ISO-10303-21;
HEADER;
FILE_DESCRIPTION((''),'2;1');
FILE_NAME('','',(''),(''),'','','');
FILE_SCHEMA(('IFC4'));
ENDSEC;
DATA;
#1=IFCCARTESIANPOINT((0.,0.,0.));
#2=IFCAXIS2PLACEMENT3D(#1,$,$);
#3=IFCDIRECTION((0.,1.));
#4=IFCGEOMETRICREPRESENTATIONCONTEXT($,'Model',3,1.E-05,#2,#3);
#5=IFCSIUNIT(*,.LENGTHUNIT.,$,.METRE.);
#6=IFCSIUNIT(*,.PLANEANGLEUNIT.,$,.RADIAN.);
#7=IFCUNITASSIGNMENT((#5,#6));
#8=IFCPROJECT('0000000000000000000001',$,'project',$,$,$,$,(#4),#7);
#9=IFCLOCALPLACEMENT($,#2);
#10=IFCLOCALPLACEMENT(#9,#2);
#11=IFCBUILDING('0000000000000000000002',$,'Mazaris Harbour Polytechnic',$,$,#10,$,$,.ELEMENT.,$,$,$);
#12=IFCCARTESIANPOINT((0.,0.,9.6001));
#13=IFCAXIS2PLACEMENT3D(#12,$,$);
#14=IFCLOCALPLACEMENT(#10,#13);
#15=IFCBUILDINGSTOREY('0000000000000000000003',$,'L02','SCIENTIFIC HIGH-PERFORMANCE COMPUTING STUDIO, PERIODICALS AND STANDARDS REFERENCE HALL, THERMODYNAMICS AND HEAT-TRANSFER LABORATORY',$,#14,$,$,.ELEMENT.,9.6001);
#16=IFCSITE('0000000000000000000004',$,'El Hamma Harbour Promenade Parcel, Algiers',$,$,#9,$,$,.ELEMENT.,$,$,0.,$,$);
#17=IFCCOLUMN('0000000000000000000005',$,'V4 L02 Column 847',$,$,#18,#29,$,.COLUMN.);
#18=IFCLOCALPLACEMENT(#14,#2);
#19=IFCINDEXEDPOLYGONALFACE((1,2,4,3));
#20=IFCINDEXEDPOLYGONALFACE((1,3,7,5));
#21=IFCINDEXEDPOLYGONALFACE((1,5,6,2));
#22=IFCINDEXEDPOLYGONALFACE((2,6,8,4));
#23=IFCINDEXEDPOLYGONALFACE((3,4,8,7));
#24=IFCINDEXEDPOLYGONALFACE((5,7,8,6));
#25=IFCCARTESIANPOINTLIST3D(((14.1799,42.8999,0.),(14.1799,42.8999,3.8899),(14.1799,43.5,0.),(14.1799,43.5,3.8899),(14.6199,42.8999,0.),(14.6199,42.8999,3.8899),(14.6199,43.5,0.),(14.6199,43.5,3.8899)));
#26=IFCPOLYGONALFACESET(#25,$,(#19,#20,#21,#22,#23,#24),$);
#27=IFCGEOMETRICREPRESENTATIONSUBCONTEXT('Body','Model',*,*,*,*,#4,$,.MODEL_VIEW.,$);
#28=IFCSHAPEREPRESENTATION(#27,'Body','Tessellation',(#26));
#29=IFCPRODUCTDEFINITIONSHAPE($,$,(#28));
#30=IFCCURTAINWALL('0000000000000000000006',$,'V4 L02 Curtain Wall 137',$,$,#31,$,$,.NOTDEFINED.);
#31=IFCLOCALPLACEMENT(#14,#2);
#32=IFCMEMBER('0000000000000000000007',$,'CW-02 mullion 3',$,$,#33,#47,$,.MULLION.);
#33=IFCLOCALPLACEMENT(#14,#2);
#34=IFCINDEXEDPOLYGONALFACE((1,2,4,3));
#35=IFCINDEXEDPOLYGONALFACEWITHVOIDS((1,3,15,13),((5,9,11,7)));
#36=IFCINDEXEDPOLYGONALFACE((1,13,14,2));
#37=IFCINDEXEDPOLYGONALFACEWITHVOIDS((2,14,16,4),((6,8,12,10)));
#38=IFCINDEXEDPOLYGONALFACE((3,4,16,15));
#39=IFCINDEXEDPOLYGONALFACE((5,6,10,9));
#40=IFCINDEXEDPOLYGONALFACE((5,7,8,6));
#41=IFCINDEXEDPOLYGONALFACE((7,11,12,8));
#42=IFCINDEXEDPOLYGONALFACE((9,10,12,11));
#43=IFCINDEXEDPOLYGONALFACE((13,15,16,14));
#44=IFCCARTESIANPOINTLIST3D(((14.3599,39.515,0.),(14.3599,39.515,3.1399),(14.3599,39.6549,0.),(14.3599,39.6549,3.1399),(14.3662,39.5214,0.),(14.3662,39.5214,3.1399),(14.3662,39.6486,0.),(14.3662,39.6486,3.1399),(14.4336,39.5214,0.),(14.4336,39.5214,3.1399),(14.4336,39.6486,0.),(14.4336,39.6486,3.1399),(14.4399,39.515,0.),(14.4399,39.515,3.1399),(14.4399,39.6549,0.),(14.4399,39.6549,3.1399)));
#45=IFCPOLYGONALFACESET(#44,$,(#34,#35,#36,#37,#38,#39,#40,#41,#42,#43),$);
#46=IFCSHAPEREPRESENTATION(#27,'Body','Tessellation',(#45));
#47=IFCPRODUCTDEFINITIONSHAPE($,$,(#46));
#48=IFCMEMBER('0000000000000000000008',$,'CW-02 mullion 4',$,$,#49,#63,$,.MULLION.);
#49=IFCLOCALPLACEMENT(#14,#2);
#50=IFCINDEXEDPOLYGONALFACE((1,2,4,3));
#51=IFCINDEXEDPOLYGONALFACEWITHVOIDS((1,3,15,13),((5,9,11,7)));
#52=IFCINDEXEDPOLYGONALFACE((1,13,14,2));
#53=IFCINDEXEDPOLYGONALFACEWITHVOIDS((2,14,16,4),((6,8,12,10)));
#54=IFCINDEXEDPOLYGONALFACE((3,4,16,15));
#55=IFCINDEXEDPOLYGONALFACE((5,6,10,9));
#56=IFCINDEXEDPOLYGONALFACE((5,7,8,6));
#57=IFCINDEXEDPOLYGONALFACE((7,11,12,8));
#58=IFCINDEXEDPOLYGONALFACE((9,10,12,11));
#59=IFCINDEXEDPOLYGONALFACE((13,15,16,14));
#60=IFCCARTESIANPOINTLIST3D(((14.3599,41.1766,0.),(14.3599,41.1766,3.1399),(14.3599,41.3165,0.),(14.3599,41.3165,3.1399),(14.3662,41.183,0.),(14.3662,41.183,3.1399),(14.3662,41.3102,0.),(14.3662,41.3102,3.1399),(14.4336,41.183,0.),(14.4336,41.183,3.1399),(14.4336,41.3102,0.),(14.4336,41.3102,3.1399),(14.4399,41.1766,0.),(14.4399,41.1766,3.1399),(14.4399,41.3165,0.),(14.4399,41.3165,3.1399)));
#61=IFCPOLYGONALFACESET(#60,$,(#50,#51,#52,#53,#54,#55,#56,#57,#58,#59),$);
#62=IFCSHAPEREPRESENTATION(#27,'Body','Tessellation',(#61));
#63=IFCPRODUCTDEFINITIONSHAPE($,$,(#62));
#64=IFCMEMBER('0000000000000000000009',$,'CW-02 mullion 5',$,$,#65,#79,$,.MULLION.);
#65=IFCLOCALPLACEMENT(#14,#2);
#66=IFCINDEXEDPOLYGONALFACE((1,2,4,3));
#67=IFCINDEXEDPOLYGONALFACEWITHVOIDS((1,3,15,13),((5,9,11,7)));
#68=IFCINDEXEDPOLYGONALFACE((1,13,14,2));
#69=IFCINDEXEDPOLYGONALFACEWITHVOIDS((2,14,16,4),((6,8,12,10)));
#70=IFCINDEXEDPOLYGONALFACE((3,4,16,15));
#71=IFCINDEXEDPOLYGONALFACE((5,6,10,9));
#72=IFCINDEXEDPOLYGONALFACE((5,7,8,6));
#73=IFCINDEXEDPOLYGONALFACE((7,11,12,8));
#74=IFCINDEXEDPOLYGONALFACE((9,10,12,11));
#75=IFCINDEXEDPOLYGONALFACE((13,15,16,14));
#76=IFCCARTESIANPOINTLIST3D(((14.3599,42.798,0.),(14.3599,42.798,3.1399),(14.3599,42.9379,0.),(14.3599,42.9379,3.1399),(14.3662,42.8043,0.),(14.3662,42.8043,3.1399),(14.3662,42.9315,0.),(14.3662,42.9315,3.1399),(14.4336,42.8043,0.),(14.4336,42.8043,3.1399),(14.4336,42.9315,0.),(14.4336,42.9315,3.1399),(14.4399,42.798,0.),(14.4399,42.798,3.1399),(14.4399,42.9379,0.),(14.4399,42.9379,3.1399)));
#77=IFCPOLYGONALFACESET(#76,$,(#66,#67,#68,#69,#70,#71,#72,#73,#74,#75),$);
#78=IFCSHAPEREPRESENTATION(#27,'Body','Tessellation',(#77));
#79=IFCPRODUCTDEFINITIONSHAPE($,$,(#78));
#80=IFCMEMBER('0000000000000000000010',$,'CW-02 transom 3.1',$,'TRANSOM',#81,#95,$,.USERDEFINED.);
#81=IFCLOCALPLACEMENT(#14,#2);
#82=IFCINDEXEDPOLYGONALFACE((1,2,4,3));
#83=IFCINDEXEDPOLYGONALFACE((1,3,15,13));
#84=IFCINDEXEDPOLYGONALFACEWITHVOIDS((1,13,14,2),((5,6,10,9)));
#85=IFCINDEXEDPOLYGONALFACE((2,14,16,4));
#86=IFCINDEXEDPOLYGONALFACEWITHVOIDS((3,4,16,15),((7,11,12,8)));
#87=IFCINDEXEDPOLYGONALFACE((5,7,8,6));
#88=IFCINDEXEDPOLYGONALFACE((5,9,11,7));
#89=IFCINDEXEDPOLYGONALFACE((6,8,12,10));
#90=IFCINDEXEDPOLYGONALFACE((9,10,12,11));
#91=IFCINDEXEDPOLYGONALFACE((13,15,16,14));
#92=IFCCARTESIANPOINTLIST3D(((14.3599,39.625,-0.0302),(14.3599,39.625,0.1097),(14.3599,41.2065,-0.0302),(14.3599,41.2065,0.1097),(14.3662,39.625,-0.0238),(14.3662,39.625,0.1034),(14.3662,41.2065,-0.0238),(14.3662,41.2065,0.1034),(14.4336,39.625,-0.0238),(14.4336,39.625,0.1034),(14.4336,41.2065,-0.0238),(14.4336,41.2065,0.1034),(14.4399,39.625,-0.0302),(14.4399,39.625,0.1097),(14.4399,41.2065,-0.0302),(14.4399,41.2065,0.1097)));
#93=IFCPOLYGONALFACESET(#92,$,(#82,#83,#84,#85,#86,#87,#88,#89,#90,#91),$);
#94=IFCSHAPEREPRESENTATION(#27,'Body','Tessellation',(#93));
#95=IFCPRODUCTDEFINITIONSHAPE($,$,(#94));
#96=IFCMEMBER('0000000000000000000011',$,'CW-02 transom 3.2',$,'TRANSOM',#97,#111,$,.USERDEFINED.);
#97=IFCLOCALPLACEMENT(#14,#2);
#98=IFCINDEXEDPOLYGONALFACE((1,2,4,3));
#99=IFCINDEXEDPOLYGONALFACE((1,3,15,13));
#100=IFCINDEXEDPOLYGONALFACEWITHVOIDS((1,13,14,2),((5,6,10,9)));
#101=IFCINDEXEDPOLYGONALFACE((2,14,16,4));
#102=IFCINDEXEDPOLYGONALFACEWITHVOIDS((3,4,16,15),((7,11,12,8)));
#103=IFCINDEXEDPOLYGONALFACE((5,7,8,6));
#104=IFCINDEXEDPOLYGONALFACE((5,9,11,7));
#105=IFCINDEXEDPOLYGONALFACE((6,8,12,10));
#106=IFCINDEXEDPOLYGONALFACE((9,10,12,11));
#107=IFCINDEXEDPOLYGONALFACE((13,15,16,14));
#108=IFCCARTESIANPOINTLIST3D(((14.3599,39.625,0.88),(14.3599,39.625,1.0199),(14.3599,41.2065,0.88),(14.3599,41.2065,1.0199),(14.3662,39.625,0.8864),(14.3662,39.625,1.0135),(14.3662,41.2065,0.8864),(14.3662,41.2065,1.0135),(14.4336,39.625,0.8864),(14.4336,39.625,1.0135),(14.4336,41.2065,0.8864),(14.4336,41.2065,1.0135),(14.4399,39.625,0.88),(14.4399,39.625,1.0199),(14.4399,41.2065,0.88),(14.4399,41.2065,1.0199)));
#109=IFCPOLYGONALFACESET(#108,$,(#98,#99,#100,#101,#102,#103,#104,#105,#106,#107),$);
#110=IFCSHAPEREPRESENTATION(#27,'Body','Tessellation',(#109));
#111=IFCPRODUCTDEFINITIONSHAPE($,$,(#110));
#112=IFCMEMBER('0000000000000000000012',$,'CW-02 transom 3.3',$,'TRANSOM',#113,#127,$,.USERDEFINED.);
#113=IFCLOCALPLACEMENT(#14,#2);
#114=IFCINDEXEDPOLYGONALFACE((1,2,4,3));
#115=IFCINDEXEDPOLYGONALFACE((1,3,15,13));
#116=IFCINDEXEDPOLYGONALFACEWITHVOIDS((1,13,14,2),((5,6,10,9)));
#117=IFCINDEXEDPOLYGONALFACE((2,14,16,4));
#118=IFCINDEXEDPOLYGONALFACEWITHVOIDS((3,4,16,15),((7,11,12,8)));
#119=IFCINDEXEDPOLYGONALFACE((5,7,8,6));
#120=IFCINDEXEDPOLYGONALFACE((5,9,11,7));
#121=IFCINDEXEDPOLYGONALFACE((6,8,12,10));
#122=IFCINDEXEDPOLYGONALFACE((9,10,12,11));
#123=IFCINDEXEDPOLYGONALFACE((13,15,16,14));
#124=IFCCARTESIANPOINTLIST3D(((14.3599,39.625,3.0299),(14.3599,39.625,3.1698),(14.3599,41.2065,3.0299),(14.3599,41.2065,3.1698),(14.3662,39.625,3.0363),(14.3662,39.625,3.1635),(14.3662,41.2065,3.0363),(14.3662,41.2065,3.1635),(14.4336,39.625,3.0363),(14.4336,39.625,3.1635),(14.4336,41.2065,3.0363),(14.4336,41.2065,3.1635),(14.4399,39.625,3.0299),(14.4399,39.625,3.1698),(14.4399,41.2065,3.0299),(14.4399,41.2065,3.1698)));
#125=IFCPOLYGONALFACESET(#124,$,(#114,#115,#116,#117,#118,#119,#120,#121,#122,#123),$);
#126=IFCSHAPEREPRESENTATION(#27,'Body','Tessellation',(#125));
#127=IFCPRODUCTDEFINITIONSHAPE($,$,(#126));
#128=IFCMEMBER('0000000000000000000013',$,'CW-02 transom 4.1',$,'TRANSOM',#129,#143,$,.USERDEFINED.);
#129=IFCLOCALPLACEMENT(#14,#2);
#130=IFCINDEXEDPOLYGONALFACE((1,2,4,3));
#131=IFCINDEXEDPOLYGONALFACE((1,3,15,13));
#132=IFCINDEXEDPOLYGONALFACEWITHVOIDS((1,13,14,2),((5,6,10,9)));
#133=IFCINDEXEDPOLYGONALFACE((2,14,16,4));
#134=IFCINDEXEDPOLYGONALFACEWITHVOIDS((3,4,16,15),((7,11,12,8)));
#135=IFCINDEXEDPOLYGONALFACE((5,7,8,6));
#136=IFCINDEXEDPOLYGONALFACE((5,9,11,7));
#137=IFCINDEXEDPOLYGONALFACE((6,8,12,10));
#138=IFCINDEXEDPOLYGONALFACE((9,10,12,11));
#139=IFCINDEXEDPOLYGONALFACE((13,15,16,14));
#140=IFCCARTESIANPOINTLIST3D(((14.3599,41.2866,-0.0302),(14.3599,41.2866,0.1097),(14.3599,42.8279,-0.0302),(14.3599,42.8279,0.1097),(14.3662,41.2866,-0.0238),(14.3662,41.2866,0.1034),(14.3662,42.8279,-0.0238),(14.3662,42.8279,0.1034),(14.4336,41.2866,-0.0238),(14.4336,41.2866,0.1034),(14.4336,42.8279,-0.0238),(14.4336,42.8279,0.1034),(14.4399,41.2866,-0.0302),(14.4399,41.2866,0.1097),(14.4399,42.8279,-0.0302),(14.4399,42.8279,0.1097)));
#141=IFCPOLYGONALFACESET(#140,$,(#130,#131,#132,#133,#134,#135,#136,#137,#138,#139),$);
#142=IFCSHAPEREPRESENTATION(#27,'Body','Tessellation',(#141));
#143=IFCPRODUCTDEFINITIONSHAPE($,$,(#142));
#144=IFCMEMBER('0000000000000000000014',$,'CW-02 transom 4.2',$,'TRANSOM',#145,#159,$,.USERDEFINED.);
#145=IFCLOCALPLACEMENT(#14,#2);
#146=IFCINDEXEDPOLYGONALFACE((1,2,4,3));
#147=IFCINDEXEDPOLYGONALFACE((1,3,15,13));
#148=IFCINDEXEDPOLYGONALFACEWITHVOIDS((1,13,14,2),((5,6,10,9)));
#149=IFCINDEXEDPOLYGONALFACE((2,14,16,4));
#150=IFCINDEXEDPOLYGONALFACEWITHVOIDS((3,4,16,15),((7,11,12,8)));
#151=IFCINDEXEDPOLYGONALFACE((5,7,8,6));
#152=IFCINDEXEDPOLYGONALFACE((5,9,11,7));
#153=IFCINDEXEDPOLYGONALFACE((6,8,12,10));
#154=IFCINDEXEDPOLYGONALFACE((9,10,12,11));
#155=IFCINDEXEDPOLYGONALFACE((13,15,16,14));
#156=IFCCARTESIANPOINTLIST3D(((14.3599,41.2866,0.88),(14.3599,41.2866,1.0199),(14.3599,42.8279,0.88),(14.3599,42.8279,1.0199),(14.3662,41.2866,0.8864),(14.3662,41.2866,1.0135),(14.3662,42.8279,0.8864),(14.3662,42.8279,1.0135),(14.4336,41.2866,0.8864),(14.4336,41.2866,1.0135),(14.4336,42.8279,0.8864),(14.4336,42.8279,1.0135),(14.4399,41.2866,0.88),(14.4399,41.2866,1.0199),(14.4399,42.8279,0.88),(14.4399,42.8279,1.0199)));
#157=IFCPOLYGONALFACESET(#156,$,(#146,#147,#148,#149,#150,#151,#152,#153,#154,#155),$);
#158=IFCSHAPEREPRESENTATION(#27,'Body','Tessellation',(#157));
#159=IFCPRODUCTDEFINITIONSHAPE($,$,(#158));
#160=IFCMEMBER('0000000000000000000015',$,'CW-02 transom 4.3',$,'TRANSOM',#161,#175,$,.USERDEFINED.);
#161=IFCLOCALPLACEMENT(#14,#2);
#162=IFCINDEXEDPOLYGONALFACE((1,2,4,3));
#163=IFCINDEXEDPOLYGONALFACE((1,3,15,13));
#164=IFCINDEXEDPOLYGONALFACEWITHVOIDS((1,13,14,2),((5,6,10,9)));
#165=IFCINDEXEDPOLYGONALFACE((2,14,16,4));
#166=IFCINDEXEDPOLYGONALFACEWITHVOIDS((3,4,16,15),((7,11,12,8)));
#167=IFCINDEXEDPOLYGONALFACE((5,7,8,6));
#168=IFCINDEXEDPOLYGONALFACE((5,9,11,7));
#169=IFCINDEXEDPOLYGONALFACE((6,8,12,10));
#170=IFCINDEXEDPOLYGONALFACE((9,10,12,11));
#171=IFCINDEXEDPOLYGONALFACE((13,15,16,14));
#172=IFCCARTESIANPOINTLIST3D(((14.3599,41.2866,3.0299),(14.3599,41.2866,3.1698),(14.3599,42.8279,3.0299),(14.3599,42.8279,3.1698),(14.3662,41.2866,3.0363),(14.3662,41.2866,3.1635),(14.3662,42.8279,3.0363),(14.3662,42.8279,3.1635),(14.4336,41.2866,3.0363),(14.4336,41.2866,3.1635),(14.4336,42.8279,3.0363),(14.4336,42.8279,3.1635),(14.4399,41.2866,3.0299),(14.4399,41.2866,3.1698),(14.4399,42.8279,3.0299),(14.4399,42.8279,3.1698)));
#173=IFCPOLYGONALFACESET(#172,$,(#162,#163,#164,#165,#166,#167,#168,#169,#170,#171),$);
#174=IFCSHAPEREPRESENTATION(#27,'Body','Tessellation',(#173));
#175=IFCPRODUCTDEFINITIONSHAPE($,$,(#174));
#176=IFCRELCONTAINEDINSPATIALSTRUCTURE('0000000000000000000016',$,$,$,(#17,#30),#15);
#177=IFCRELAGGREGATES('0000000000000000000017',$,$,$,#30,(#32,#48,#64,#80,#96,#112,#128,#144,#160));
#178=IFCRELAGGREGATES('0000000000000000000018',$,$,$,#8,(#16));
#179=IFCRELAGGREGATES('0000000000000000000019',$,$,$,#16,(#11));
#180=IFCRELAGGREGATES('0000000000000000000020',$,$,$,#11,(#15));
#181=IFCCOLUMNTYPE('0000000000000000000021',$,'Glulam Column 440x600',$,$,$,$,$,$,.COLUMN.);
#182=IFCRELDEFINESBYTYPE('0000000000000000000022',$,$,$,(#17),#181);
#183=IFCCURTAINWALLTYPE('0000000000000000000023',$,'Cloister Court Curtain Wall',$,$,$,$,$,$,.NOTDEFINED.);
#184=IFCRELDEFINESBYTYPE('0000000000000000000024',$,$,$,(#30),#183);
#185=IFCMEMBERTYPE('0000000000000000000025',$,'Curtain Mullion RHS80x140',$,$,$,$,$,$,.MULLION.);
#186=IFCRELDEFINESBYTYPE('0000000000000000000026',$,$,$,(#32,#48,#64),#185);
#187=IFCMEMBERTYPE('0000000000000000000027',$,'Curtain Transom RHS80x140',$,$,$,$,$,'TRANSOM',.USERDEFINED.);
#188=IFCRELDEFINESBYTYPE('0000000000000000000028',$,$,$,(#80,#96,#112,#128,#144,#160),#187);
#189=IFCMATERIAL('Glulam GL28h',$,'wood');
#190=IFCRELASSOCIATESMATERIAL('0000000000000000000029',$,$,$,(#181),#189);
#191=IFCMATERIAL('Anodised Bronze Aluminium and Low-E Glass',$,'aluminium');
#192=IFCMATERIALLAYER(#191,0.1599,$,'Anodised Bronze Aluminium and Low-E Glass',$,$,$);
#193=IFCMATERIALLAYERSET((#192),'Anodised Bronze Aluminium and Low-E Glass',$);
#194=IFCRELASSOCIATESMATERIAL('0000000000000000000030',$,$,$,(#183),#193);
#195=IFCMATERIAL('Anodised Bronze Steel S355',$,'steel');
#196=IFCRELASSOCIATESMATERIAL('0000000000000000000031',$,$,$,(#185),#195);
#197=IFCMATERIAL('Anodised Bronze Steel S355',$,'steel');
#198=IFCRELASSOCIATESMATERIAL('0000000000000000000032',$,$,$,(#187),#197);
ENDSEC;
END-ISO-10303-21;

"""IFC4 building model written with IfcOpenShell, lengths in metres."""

from ifc_helpers import new_model, si_unit, direction, frame, origin, origin_2d, place, context, subcontext, project, spatial, rectangle, hollow_rectangle, extrude, material, layer, layer_set, material_profile, profile_set, type_object, element, aggregate, save


model = new_model("IFC4")

# Units and contexts
model_context = context("Model", 3, precision=1e-05, world=origin(), true_north=direction((0.0, 1.0)))
body_context = subcontext(model_context, "Body", "Model", "MODEL_VIEW")
ifc_project = project(units=[si_unit("LENGTHUNIT", "METRE"), si_unit("PLANEANGLEUNIT", "RADIAN")], contexts=[model_context])

# Site, building, storey
site_placement = place(None, origin())
site = spatial("IfcSite", under=ifc_project, at=site_placement, Name="El Hamma Harbour Promenade Parcel, Algiers", CompositionType="ELEMENT", RefElevation=0.0)
building_placement = place(site_placement, origin())
building = spatial("IfcBuilding", under=site, at=building_placement, Name="Mazaris Harbour Polytechnic", CompositionType="ELEMENT")
storey_placement = place(building_placement, frame((0.0, 0.0, 9.6001)))
storey = spatial("IfcBuildingStorey", under=building, at=storey_placement, Name="L02", Description="SCIENTIFIC HIGH-PERFORMANCE COMPUTING STUDIO, PERIODICALS AND STANDARDS REFERENCE HALL, THERMODYNAMICS AND HEAT-TRANSFER LABORATORY", CompositionType="ELEMENT", Elevation=9.6001)

# Column
ifc_material_1 = material(Name="Glulam GL28h", Category="wood")
ifc_material_profile_1 = material_profile(ifc_material_1, rectangle(XDim=0.4399, YDim=0.6001, at=origin_2d()), Name="RECT440x600")
ifc_profile_set_1 = profile_set([ifc_material_profile_1], Name="Glulam GL28h")
column_type = type_object("IfcColumnType", Name="Glulam Column 440x600", PredefinedType="COLUMN", material=ifc_profile_set_1)
column_placement = place(storey_placement, frame((14.3999, 43.2, 0.0), z_axis=(0.0, 0.0, 1.0), x_axis=(1.0, 0.0, 0.0)))
element("IfcColumn", 1, at=column_placement, inside=storey, type_object=column_type, Name="V4 L02 Column 847", PredefinedType="COLUMN", context=body_context, shape_type="SweptSolid", body=[
    extrude(rectangle(XDim=0.4399, YDim=0.6001, at=origin_2d()), origin(), (0.0, 0.0, 1.0), 3.8899),
])

# Curtain wall, members
ifc_material_2 = material(Name="Anodised Bronze Aluminium and Low-E Glass", Category="aluminium")
ifc_layer_1 = layer(ifc_material_2, 0.1599, Name="Anodised Bronze Aluminium and Low-E Glass")
ifc_layer_set_1 = layer_set([ifc_layer_1], Name="Anodised Bronze Aluminium and Low-E Glass")
curtain_wall_type = type_object("IfcCurtainWallType", Name="Cloister Court Curtain Wall", PredefinedType="NOTDEFINED", material=ifc_layer_set_1)
curtain_wall_placement = place(storey_placement, origin())
curtain_wall = element("IfcCurtainWall", 2, at=curtain_wall_placement, inside=storey, type_object=curtain_wall_type, Name="V4 L02 Curtain Wall 137", PredefinedType="NOTDEFINED")
ifc_material_3 = material(Name="Anodised Bronze Steel S355", Category="steel")
ifc_material_profile_2 = material_profile(ifc_material_3, hollow_rectangle(XDim=0.0801, YDim=0.1399, WallThickness=0.0063, at=origin_2d()), Name="RHS 80x140x6.3")
ifc_profile_set_2 = profile_set([ifc_material_profile_2], Name="Anodised Bronze Steel S355")
member_type_1 = type_object("IfcMemberType", Name="Curtain Mullion RHS80x140", PredefinedType="MULLION", material=ifc_profile_set_2)
member_1_placement = place(storey_placement, frame((14.3999, 39.585, 0.0), z_axis=(0.0, 0.0, 1.0), x_axis=(-1.0, 0.0, 0.0)))
member_1 = element("IfcMember", 3, at=member_1_placement, type_object=member_type_1, Name="CW-02 mullion 3", PredefinedType="MULLION", context=body_context, shape_type="SweptSolid", body=[
    extrude(hollow_rectangle(XDim=0.0801, YDim=0.1399, WallThickness=0.0063, at=origin_2d()), origin(), (0.0, 0.0, 1.0), 3.1399),
])
member_2_placement = place(storey_placement, frame((14.3999, 41.2466, 0.0), z_axis=(0.0, 0.0, 1.0), x_axis=(-1.0, 0.0, 0.0)))
member_2 = element("IfcMember", 4, at=member_2_placement, type_object=member_type_1, Name="CW-02 mullion 4", PredefinedType="MULLION", context=body_context, shape_type="SweptSolid", body=[
    extrude(hollow_rectangle(XDim=0.0801, YDim=0.1399, WallThickness=0.0063, at=origin_2d()), origin(), (0.0, 0.0, 1.0), 3.1399),
])
member_3_placement = place(storey_placement, frame((14.3999, 42.8679, 0.0), z_axis=(0.0, 0.0, 1.0), x_axis=(-1.0, 0.0, 0.0)))
member_3 = element("IfcMember", 5, at=member_3_placement, type_object=member_type_1, Name="CW-02 mullion 5", PredefinedType="MULLION", context=body_context, shape_type="SweptSolid", body=[
    extrude(hollow_rectangle(XDim=0.0801, YDim=0.1399, WallThickness=0.0063, at=origin_2d()), origin(), (0.0, 0.0, 1.0), 3.1399),
])
ifc_material_4 = material(Name="Anodised Bronze Steel S355", Category="steel")
ifc_material_profile_3 = material_profile(ifc_material_4, hollow_rectangle(XDim=0.0801, YDim=0.1399, WallThickness=0.0063, at=origin_2d()), Name="RHS 80x140x6.3")
ifc_profile_set_3 = profile_set([ifc_material_profile_3], Name="Anodised Bronze Steel S355")
member_type_2 = type_object("IfcMemberType", Name="Curtain Transom RHS80x140", ElementType="TRANSOM", PredefinedType="USERDEFINED", material=ifc_profile_set_3)
member_4_placement = place(storey_placement, frame((14.3999, 39.625, 0.0398), z_axis=(0.0, 1.0, 0.0), x_axis=(-1.0, 0.0, 0.0)))
member_4 = element("IfcMember", 6, at=member_4_placement, type_object=member_type_2, Name="CW-02 transom 3.1", ObjectType="TRANSOM", PredefinedType="USERDEFINED", context=body_context, shape_type="SweptSolid", body=[
    extrude(hollow_rectangle(XDim=0.0801, YDim=0.1399, WallThickness=0.0063, at=origin_2d()), origin(), (0.0, 0.0, 1.0), 1.5815),
])
member_5_placement = place(storey_placement, frame((14.3999, 39.625, 0.95), z_axis=(0.0, 1.0, 0.0), x_axis=(-1.0, 0.0, 0.0)))
member_5 = element("IfcMember", 7, at=member_5_placement, type_object=member_type_2, Name="CW-02 transom 3.2", ObjectType="TRANSOM", PredefinedType="USERDEFINED", context=body_context, shape_type="SweptSolid", body=[
    extrude(hollow_rectangle(XDim=0.0801, YDim=0.1399, WallThickness=0.0063, at=origin_2d()), origin(), (0.0, 0.0, 1.0), 1.5815),
])
member_6_placement = place(storey_placement, frame((14.3999, 39.625, 3.0999), z_axis=(0.0, 1.0, 0.0), x_axis=(-1.0, 0.0, 0.0)))
member_6 = element("IfcMember", 8, at=member_6_placement, type_object=member_type_2, Name="CW-02 transom 3.3", ObjectType="TRANSOM", PredefinedType="USERDEFINED", context=body_context, shape_type="SweptSolid", body=[
    extrude(hollow_rectangle(XDim=0.0801, YDim=0.1399, WallThickness=0.0063, at=origin_2d()), origin(), (0.0, 0.0, 1.0), 1.5815),
])
member_7_placement = place(storey_placement, frame((14.3999, 41.2866, 0.0398), z_axis=(0.0, 1.0, 0.0), x_axis=(-1.0, 0.0, 0.0)))
member_7 = element("IfcMember", 9, at=member_7_placement, type_object=member_type_2, Name="CW-02 transom 4.1", ObjectType="TRANSOM", PredefinedType="USERDEFINED", context=body_context, shape_type="SweptSolid", body=[
    extrude(hollow_rectangle(XDim=0.0801, YDim=0.1399, WallThickness=0.0063, at=origin_2d()), origin(), (0.0, 0.0, 1.0), 1.5413),
])
member_8_placement = place(storey_placement, frame((14.3999, 41.2866, 0.95), z_axis=(0.0, 1.0, 0.0), x_axis=(-1.0, 0.0, 0.0)))
member_8 = element("IfcMember", 10, at=member_8_placement, type_object=member_type_2, Name="CW-02 transom 4.2", ObjectType="TRANSOM", PredefinedType="USERDEFINED", context=body_context, shape_type="SweptSolid", body=[
    extrude(hollow_rectangle(XDim=0.0801, YDim=0.1399, WallThickness=0.0063, at=origin_2d()), origin(), (0.0, 0.0, 1.0), 1.5413),
])
member_9_placement = place(storey_placement, frame((14.3999, 41.2866, 3.0999), z_axis=(0.0, 1.0, 0.0), x_axis=(-1.0, 0.0, 0.0)))
member_9 = element("IfcMember", 11, at=member_9_placement, type_object=member_type_2, Name="CW-02 transom 4.3", ObjectType="TRANSOM", PredefinedType="USERDEFINED", context=body_context, shape_type="SweptSolid", body=[
    extrude(hollow_rectangle(XDim=0.0801, YDim=0.1399, WallThickness=0.0063, at=origin_2d()), origin(), (0.0, 0.0, 1.0), 1.5413),
])

aggregate(curtain_wall, [member_1, member_2, member_3, member_4, member_5, member_6, member_7, member_8, member_9])

save(model, "model.ifc")
